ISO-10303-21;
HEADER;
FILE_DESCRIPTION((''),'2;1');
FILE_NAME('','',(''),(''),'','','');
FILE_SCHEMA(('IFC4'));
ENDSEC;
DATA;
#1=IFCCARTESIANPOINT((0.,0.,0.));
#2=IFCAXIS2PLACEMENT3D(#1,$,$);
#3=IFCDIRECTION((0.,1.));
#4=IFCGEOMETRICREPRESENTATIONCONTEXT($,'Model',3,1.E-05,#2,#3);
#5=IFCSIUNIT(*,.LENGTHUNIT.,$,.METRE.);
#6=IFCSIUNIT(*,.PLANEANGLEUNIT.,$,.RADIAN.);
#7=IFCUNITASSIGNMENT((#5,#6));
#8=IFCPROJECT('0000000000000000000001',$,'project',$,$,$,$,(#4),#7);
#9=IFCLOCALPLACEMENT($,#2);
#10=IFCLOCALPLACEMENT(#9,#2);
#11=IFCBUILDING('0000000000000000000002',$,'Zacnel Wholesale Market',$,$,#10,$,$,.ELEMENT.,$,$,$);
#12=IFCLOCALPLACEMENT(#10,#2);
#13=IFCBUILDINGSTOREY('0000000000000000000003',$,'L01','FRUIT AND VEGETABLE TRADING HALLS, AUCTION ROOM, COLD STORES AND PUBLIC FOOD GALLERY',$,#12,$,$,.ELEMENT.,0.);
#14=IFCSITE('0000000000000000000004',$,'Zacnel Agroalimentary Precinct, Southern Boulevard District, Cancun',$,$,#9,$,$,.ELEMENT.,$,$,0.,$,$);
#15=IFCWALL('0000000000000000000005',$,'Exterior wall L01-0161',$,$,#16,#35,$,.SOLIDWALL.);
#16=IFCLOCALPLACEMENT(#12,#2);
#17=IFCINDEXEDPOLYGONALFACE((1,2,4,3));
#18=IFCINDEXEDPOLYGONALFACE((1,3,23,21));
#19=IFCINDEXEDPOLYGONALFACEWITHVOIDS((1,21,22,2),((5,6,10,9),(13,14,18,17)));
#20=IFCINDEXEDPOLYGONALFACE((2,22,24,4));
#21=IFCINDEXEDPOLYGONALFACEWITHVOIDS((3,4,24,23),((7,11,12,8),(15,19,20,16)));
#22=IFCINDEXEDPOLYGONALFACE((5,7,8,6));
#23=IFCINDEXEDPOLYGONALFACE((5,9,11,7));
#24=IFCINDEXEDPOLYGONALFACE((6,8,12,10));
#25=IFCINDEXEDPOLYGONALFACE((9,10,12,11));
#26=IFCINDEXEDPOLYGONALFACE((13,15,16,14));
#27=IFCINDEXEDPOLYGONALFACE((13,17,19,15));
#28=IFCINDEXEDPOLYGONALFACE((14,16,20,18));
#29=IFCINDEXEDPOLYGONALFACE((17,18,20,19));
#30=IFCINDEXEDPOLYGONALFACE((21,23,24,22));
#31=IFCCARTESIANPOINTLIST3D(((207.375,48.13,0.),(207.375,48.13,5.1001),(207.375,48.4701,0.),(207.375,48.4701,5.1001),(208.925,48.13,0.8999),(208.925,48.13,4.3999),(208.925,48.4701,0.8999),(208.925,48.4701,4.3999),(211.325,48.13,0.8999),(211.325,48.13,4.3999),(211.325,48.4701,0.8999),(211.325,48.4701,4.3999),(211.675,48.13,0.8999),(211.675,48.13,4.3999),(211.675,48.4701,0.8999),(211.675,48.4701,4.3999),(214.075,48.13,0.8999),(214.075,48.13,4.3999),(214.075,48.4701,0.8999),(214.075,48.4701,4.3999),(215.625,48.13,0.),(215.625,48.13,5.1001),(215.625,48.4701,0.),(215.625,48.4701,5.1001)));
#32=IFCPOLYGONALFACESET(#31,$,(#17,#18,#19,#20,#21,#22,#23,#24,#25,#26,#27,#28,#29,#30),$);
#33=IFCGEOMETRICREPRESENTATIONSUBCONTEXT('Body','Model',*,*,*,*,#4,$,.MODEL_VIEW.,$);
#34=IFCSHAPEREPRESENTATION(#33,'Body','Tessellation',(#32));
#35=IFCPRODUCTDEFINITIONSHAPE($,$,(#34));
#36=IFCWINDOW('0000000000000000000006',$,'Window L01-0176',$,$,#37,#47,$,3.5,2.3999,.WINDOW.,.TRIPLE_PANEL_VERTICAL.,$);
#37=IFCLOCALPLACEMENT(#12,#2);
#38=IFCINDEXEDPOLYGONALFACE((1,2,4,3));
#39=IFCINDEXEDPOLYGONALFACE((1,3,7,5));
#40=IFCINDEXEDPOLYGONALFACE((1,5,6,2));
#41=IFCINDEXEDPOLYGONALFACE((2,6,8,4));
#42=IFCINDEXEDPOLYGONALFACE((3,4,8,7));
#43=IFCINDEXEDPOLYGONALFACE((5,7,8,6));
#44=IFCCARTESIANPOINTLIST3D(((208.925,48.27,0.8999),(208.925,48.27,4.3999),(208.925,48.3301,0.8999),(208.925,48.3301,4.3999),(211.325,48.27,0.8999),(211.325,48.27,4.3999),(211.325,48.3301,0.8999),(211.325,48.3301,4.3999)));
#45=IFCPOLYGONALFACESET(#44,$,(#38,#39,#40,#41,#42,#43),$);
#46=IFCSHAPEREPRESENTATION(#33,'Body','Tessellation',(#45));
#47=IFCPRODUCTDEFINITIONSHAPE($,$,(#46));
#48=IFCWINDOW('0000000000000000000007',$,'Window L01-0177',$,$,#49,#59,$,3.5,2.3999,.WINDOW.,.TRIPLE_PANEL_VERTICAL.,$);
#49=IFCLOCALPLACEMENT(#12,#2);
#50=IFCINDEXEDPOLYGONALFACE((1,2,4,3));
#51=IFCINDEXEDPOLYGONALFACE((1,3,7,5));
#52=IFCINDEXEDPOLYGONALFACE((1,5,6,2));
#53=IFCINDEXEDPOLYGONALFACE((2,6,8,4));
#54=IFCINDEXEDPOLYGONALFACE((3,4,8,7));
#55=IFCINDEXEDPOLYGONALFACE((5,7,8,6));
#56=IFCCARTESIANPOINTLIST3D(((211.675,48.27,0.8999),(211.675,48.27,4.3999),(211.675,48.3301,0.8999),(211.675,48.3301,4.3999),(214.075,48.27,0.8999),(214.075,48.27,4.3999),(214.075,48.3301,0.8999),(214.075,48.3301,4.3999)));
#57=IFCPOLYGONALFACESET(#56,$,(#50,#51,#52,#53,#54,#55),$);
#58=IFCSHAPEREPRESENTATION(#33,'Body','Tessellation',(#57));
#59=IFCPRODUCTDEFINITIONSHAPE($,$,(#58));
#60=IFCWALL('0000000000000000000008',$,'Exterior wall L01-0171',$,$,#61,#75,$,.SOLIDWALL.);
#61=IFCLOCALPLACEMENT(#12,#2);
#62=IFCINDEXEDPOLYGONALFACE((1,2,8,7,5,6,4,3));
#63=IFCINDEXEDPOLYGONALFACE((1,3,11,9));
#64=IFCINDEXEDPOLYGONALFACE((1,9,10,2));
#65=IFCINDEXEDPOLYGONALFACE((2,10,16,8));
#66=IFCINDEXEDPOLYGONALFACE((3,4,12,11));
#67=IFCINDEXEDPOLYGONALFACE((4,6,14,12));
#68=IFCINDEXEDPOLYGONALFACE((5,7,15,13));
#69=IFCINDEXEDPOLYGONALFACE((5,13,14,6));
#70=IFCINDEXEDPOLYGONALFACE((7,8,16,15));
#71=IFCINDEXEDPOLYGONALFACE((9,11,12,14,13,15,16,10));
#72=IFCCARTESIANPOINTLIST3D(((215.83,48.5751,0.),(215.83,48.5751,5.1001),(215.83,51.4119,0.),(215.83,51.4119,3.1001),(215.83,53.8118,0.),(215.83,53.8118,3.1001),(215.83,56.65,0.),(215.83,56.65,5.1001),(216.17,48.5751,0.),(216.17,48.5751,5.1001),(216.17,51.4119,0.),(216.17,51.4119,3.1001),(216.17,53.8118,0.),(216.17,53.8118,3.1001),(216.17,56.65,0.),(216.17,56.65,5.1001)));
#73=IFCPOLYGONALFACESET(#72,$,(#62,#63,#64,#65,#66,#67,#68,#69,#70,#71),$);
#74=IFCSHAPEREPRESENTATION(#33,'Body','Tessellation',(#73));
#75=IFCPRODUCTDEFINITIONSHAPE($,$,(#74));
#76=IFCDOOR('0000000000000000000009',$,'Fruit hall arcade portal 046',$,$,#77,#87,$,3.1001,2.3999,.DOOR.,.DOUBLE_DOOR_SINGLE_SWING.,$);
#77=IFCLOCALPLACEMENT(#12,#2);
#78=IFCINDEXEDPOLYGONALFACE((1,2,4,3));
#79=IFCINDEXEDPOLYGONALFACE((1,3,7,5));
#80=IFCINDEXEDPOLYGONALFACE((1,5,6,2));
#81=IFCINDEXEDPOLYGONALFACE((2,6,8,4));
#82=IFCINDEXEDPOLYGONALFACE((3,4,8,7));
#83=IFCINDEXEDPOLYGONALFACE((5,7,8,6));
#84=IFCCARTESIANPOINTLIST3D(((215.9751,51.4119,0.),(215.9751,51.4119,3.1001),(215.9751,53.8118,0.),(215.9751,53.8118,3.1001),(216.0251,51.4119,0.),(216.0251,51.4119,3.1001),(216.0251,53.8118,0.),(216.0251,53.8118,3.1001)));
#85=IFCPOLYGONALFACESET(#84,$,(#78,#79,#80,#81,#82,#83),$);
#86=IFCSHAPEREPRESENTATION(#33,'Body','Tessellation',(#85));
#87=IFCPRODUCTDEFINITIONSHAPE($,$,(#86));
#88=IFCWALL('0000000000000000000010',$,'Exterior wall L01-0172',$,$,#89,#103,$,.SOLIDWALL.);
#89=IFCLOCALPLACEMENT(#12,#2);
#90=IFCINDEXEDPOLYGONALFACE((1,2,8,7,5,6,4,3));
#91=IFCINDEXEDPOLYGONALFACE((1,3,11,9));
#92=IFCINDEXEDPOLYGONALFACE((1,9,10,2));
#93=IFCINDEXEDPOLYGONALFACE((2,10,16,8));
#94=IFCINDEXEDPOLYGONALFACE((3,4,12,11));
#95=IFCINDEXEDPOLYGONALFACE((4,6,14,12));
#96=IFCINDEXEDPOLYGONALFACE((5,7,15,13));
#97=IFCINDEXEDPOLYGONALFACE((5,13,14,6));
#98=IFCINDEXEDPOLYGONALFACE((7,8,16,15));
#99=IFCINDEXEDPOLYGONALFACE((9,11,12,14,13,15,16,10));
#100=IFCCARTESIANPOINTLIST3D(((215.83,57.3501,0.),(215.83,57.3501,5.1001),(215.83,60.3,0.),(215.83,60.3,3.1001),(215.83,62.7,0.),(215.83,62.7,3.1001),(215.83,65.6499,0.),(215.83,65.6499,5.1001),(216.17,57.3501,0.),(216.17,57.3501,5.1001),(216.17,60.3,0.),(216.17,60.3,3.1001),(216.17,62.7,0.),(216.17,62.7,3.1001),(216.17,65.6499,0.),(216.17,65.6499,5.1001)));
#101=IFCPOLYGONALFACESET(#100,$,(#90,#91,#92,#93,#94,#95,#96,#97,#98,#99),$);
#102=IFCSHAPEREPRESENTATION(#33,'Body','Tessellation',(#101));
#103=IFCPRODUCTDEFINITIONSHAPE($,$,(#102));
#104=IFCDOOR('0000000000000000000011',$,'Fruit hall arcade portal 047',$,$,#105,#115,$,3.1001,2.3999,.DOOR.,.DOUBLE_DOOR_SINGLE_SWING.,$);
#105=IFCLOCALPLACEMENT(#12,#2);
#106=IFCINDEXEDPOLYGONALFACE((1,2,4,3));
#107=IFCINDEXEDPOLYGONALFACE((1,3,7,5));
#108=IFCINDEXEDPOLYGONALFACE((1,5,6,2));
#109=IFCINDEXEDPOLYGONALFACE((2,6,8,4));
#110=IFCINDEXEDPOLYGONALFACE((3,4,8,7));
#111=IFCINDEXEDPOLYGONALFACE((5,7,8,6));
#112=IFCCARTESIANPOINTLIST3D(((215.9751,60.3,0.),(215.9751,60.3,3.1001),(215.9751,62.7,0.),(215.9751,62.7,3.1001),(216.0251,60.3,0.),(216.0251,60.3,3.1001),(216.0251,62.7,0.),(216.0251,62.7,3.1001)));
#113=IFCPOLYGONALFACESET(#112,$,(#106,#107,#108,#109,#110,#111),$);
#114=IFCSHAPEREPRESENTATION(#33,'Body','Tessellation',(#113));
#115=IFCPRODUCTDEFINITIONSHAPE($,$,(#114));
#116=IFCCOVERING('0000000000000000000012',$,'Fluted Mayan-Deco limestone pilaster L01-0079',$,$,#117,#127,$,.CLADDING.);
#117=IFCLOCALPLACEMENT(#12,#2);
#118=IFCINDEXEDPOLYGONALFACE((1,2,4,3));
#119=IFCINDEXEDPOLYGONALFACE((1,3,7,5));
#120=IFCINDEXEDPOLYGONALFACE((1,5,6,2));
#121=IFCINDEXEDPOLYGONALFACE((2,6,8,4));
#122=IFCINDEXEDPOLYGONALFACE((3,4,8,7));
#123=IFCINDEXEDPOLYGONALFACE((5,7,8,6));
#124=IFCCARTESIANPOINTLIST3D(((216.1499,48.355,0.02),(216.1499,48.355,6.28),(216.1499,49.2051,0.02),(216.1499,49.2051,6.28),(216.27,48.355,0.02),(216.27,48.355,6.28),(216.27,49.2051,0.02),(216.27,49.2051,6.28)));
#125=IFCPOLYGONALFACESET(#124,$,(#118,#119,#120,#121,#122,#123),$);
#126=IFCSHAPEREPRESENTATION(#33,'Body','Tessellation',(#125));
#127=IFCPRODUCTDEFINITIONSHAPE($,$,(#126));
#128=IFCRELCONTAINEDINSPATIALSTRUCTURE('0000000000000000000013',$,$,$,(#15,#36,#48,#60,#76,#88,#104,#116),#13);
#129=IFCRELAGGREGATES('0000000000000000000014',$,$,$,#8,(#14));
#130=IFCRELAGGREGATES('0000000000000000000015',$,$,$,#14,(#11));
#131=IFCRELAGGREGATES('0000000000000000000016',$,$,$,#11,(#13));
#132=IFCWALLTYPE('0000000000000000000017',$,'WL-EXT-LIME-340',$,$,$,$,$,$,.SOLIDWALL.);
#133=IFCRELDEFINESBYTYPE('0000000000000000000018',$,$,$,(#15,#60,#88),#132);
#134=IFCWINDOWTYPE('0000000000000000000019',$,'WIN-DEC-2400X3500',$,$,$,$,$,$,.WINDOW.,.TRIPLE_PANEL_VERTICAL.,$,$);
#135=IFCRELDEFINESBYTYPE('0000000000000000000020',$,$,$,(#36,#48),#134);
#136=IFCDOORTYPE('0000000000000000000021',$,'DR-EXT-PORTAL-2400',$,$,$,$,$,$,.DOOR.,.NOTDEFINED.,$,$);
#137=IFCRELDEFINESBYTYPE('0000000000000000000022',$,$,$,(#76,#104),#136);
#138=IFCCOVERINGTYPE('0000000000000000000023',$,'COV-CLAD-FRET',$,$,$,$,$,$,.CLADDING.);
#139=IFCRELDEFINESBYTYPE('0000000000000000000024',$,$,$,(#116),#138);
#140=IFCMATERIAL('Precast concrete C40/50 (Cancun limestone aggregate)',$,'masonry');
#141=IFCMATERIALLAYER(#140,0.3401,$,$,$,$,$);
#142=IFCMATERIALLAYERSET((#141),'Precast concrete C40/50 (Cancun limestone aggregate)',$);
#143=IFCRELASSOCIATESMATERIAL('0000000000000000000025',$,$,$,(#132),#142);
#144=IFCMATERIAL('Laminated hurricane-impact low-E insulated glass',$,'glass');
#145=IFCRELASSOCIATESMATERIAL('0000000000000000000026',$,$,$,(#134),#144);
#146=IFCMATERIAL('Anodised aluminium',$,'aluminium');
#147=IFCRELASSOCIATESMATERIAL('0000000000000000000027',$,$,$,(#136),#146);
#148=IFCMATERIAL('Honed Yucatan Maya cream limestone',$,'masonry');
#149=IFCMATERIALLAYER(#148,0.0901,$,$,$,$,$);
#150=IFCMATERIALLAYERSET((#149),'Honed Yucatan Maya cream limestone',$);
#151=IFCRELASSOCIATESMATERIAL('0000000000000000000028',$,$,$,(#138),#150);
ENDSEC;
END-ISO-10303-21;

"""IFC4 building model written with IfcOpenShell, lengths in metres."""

from ifc_helpers import new_model, si_unit, direction, frame, frame_2d, origin, origin_2d, place, context, subcontext, project, spatial, rectangle, extrude, material, layer, layer_set, type_object, element, fill, save


model = new_model("IFC4")

# Units and contexts
model_context = context("Model", 3, precision=1e-05, world=origin(), true_north=direction((0.0, 1.0)))
body_context = subcontext(model_context, "Body", "Model", "MODEL_VIEW")
ifc_project = project(units=[si_unit("LENGTHUNIT", "METRE"), si_unit("PLANEANGLEUNIT", "RADIAN")], contexts=[model_context])

# Site, building, storey
site_placement = place(None, origin())
site = spatial("IfcSite", under=ifc_project, at=site_placement, Name="Zacnel Agroalimentary Precinct, Southern Boulevard District, Cancun", CompositionType="ELEMENT", RefElevation=0.0)
building_placement = place(site_placement, origin())
building = spatial("IfcBuilding", under=site, at=building_placement, Name="Zacnel Wholesale Market", CompositionType="ELEMENT")
storey_placement = place(building_placement, origin())
storey = spatial("IfcBuildingStorey", under=building, at=storey_placement, Name="L01", Description="FRUIT AND VEGETABLE TRADING HALLS, AUCTION ROOM, COLD STORES AND PUBLIC FOOD GALLERY", CompositionType="ELEMENT", Elevation=0.0)

# Wall, openings, windows
ifc_material_1 = material(Name="Precast concrete C40/50 (Cancun limestone aggregate)", Category="masonry")
ifc_layer_1 = layer(ifc_material_1, 0.3401)
ifc_layer_set_1 = layer_set([ifc_layer_1], Name="Precast concrete C40/50 (Cancun limestone aggregate)")
wall_type = type_object("IfcWallType", Name="WL-EXT-LIME-340", PredefinedType="SOLIDWALL", material=ifc_layer_set_1)
wall_1_placement = place(storey_placement, frame((207.375, 48.3, 0.0), z_axis=(0.0, 0.0, 1.0), x_axis=(1.0, 0.0, 0.0)))
wall_1 = element("IfcWall", 1, at=wall_1_placement, inside=storey, type_object=wall_type, Name="Exterior wall L01-0161", PredefinedType="SOLIDWALL", context=body_context, shape_type="SweptSolid", body=[
    extrude(rectangle(XDim=8.25, YDim=0.3401, at=frame_2d((4.125, 0.0))), origin(), (0.0, 0.0, 1.0), 5.1001),
])
opening_1_placement = place(wall_1_placement, frame((1.55, 0.0, 0.8999)))
opening_1 = element("IfcOpeningElement", 2, at=opening_1_placement, cuts=wall_1, PredefinedType="OPENING", context=body_context, shape_type="SweptSolid", body=[
    extrude(rectangle(XDim=2.3999, YDim=3.5, at=frame_2d((1.2, 1.75))), frame((0.0, 0.1799, 0.0), z_axis=(0.0, -1.0, 0.0), x_axis=(1.0, 0.0, 0.0)), (0.0, 0.0, 1.0), 0.3601),
])
opening_2_placement = place(wall_1_placement, frame((4.3, 0.0, 0.8999)))
opening_2 = element("IfcOpeningElement", 3, at=opening_2_placement, cuts=wall_1, PredefinedType="OPENING", context=body_context, shape_type="SweptSolid", body=[
    extrude(rectangle(XDim=2.3999, YDim=3.5, at=frame_2d((1.2, 1.75))), frame((0.0, 0.1799, 0.0), z_axis=(0.0, -1.0, 0.0), x_axis=(1.0, 0.0, 0.0)), (0.0, 0.0, 1.0), 0.3601),
])
ifc_material_2 = material(Name="Laminated hurricane-impact low-E insulated glass", Category="glass")
window_type = type_object("IfcWindowType", Name="WIN-DEC-2400X3500", PartitioningType="TRIPLE_PANEL_VERTICAL", PredefinedType="WINDOW", material=ifc_material_2)
window_1_placement = place(opening_1_placement, origin())
window_1 = element("IfcWindow", 4, at=window_1_placement, inside=storey, type_object=window_type, Name="Window L01-0176", OverallHeight=3.5, OverallWidth=2.3999, PartitioningType="TRIPLE_PANEL_VERTICAL", PredefinedType="WINDOW", context=body_context, shape_type="SweptSolid", body=[
    extrude(rectangle(XDim=2.3999, YDim=3.5, at=frame_2d((1.2, 1.75))), frame((0.0, 0.03, 0.0), z_axis=(0.0, -1.0, 0.0), x_axis=(1.0, 0.0, 0.0)), (0.0, 0.0, 1.0), 0.0601),
])
fill(opening_1, window_1)
window_2_placement = place(opening_2_placement, origin())
window_2 = element("IfcWindow", 5, at=window_2_placement, inside=storey, type_object=window_type, Name="Window L01-0177", OverallHeight=3.5, OverallWidth=2.3999, PartitioningType="TRIPLE_PANEL_VERTICAL", PredefinedType="WINDOW", context=body_context, shape_type="SweptSolid", body=[
    extrude(rectangle(XDim=2.3999, YDim=3.5, at=frame_2d((1.2, 1.75))), frame((0.0, 0.03, 0.0), z_axis=(0.0, -1.0, 0.0), x_axis=(1.0, 0.0, 0.0)), (0.0, 0.0, 1.0), 0.0601),
])
fill(opening_2, window_2)

# Walls, openings, doors
wall_2_placement = place(storey_placement, frame((216.0, 48.575, 0.0), z_axis=(0.0, 0.0, 1.0), x_axis=(0.0, 1.0, 0.0)))
wall_2 = element("IfcWall", 6, at=wall_2_placement, inside=storey, type_object=wall_type, Name="Exterior wall L01-0171", PredefinedType="SOLIDWALL", context=body_context, shape_type="SweptSolid", body=[
    extrude(rectangle(XDim=8.075, YDim=0.3401, at=frame_2d((4.0376, 0.0))), origin(), (0.0, 0.0, 1.0), 5.1001),
])
opening_3_placement = place(wall_2_placement, frame((2.8369, 0.0, 0.0)))
opening_3 = element("IfcOpeningElement", 7, at=opening_3_placement, cuts=wall_2, PredefinedType="OPENING", context=body_context, shape_type="SweptSolid", body=[
    extrude(rectangle(XDim=2.3999, YDim=3.1001, at=frame_2d((1.2, 1.55))), frame((0.0, 0.1799, 0.0), z_axis=(0.0, -1.0, 0.0), x_axis=(1.0, 0.0, 0.0)), (0.0, 0.0, 1.0), 0.3601),
])
ifc_material_3 = material(Name="Anodised aluminium", Category="aluminium")
door_type = type_object("IfcDoorType", Name="DR-EXT-PORTAL-2400", OperationType="NOTDEFINED", PredefinedType="DOOR", material=ifc_material_3)
door_1_placement = place(opening_3_placement, origin())
door_1 = element("IfcDoor", 8, at=door_1_placement, inside=storey, type_object=door_type, Name="Fruit hall arcade portal 046", OperationType="DOUBLE_DOOR_SINGLE_SWING", OverallHeight=3.1001, OverallWidth=2.3999, PredefinedType="DOOR", context=body_context, shape_type="SweptSolid", body=[
    extrude(rectangle(XDim=2.3999, YDim=3.1001, at=frame_2d((1.2, 1.55))), frame((0.0, 0.0249, 0.0), z_axis=(0.0, -1.0, 0.0), x_axis=(1.0, 0.0, 0.0)), (0.0, 0.0, 1.0), 0.05),
])
fill(opening_3, door_1)
wall_3_placement = place(storey_placement, frame((216.0, 57.3501, 0.0), z_axis=(0.0, 0.0, 1.0), x_axis=(0.0, 1.0, 0.0)))
wall_3 = element("IfcWall", 9, at=wall_3_placement, inside=storey, type_object=wall_type, Name="Exterior wall L01-0172", PredefinedType="SOLIDWALL", context=body_context, shape_type="SweptSolid", body=[
    extrude(rectangle(XDim=8.2998, YDim=0.3401, at=frame_2d((4.1499, 0.0))), origin(), (0.0, 0.0, 1.0), 5.1001),
])
opening_4_placement = place(wall_3_placement, frame((2.95, 0.0, 0.0)))
opening_4 = element("IfcOpeningElement", 10, at=opening_4_placement, cuts=wall_3, PredefinedType="OPENING", context=body_context, shape_type="SweptSolid", body=[
    extrude(rectangle(XDim=2.3999, YDim=3.1001, at=frame_2d((1.2, 1.55))), frame((0.0, 0.1799, 0.0), z_axis=(0.0, -1.0, 0.0), x_axis=(1.0, 0.0, 0.0)), (0.0, 0.0, 1.0), 0.3601),
])
door_2_placement = place(opening_4_placement, origin())
door_2 = element("IfcDoor", 11, at=door_2_placement, inside=storey, type_object=door_type, Name="Fruit hall arcade portal 047", OperationType="DOUBLE_DOOR_SINGLE_SWING", OverallHeight=3.1001, OverallWidth=2.3999, PredefinedType="DOOR", context=body_context, shape_type="SweptSolid", body=[
    extrude(rectangle(XDim=2.3999, YDim=3.1001, at=frame_2d((1.2, 1.55))), frame((0.0, 0.0249, 0.0), z_axis=(0.0, -1.0, 0.0), x_axis=(1.0, 0.0, 0.0)), (0.0, 0.0, 1.0), 0.05),
])
fill(opening_4, door_2)

# Covering
ifc_material_4 = material(Name="Honed Yucatan Maya cream limestone", Category="masonry")
ifc_layer_2 = layer(ifc_material_4, 0.0901)
ifc_layer_set_2 = layer_set([ifc_layer_2], Name="Honed Yucatan Maya cream limestone")
covering_type = type_object("IfcCoveringType", Name="COV-CLAD-FRET", PredefinedType="CLADDING", material=ifc_layer_set_2)
covering_placement = place(storey_placement, frame((216.21, 48.78, 0.02), z_axis=(0.0, 0.0, 1.0), x_axis=(0.0, 1.0, 0.0)))
element("IfcCovering", 12, at=covering_placement, inside=storey, type_object=covering_type, Name="Fluted Mayan-Deco limestone pilaster L01-0079", PredefinedType="CLADDING", context=body_context, shape_type="SweptSolid", body=[
    extrude(rectangle(XDim=0.8501, YDim=0.1201, at=origin_2d()), origin(), (0.0, 0.0, 1.0), 6.26),
])

save(model, "model.ifc")
